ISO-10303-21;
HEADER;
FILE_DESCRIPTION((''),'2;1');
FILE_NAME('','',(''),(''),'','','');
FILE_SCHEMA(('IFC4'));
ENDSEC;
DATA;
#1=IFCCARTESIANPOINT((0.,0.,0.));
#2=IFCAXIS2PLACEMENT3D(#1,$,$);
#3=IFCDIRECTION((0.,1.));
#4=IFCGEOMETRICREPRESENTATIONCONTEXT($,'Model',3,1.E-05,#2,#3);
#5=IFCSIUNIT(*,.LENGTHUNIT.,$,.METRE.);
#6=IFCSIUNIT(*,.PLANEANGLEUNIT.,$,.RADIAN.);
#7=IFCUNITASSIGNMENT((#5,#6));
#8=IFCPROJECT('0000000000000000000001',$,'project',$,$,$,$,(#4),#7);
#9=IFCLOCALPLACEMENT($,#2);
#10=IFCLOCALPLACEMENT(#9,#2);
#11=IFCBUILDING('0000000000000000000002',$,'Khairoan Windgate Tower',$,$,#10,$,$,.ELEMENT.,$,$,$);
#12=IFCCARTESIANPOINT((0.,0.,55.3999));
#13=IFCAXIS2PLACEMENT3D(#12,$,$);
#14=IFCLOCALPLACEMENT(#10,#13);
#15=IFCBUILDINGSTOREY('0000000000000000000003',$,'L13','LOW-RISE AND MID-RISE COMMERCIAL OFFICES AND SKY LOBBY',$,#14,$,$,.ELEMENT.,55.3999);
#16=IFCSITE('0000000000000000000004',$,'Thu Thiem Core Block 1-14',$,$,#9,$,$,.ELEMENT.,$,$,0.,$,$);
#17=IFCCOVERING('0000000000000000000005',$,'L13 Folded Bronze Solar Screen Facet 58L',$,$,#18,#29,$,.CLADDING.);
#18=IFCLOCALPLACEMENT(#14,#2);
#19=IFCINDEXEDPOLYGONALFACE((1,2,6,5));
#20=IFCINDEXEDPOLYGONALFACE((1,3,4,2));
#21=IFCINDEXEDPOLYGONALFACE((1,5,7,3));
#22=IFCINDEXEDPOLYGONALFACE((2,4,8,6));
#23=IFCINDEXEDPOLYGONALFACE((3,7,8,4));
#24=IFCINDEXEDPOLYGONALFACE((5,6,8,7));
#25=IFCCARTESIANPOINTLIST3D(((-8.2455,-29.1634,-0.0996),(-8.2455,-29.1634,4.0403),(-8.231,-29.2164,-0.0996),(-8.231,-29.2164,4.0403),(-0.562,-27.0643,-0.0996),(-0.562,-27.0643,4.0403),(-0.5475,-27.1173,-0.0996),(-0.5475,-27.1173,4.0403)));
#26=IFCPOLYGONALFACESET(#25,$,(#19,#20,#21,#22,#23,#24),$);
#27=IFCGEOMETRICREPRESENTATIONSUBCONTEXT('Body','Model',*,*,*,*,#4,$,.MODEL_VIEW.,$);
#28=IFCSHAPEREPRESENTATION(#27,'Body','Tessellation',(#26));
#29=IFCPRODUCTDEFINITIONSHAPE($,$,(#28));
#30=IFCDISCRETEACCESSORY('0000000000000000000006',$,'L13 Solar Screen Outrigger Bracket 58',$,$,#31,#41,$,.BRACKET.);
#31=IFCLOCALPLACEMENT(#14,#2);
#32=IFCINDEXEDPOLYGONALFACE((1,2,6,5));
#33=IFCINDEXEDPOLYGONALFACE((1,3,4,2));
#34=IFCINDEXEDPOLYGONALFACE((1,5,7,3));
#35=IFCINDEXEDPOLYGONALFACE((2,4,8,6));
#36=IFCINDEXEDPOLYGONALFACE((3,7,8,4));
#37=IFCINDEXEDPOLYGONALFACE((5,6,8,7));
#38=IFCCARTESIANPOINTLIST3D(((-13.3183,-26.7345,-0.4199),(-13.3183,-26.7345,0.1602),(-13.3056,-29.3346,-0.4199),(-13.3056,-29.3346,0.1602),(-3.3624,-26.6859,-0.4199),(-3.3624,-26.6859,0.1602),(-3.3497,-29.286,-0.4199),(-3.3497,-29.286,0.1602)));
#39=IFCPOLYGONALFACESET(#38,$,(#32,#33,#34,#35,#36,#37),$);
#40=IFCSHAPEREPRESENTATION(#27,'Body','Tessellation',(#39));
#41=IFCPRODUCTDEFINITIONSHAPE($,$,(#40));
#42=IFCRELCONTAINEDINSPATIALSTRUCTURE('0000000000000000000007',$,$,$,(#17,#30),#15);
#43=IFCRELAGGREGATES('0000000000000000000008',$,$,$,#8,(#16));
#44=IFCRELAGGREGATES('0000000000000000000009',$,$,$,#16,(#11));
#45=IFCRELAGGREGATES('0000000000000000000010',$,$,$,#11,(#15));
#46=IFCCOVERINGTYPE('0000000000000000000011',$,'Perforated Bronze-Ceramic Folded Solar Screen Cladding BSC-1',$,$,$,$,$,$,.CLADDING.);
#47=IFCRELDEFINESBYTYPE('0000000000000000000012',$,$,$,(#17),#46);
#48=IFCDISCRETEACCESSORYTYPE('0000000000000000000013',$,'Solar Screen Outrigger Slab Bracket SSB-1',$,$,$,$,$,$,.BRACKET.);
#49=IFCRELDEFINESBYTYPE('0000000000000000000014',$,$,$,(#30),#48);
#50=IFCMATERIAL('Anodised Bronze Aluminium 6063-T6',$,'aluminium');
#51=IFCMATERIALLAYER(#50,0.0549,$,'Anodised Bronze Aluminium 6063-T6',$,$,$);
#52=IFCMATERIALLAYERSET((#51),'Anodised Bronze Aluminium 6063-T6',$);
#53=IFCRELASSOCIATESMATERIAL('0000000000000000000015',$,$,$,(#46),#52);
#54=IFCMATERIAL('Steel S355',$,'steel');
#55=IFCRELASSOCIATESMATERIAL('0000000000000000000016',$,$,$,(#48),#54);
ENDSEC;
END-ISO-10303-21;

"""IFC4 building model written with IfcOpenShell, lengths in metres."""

from ifc_helpers import new_model, si_unit, direction, frame, origin, origin_2d, place, context, subcontext, project, spatial, rectangle, extrude, material, layer, layer_set, type_object, element, save


model = new_model("IFC4")

# Units and contexts
model_context = context("Model", 3, precision=1e-05, world=origin(), true_north=direction((0.0, 1.0)))
body_context = subcontext(model_context, "Body", "Model", "MODEL_VIEW")
ifc_project = project(units=[si_unit("LENGTHUNIT", "METRE"), si_unit("PLANEANGLEUNIT", "RADIAN")], contexts=[model_context])

# Site, building, storey
site_placement = place(None, origin())
site = spatial("IfcSite", under=ifc_project, at=site_placement, Name="Thu Thiem Core Block 1-14", CompositionType="ELEMENT", RefElevation=0.0)
building_placement = place(site_placement, origin())
building = spatial("IfcBuilding", under=site, at=building_placement, Name="Khairoan Windgate Tower", CompositionType="ELEMENT")
storey_placement = place(building_placement, frame((0.0, 0.0, 55.3999)))
storey = spatial("IfcBuildingStorey", under=building, at=storey_placement, Name="L13", Description="LOW-RISE AND MID-RISE COMMERCIAL OFFICES AND SKY LOBBY", CompositionType="ELEMENT", Elevation=55.3999)

# Covering
ifc_material_1 = material(Name="Anodised Bronze Aluminium 6063-T6", Category="aluminium")
ifc_layer_1 = layer(ifc_material_1, 0.0549, Name="Anodised Bronze Aluminium 6063-T6")
ifc_layer_set_1 = layer_set([ifc_layer_1], Name="Anodised Bronze Aluminium 6063-T6")
covering_type = type_object("IfcCoveringType", Name="Perforated Bronze-Ceramic Folded Solar Screen Cladding BSC-1", PredefinedType="CLADDING", material=ifc_layer_set_1)
covering_placement = place(storey_placement, frame((-4.3965, -28.1404, -0.0996), z_axis=(0.0, 0.0, 1.0), x_axis=(-0.964649, -0.263536, 0.0)))
element("IfcCovering", 1, at=covering_placement, inside=storey, type_object=covering_type, Name="L13 Folded Bronze Solar Screen Facet 58L", PredefinedType="CLADDING", context=body_context, shape_type="SweptSolid", body=[
    extrude(rectangle(XDim=7.9651, YDim=0.0549, at=origin_2d()), origin(), (0.0, 0.0, 1.0), 4.1399),
])

# Discrete accessory
ifc_material_2 = material(Name="Steel S355", Category="steel")
discrete_accessory_type = type_object("IfcDiscreteAccessoryType", Name="Solar Screen Outrigger Slab Bracket SSB-1", PredefinedType="BRACKET", material=ifc_material_2)
discrete_accessory_placement = place(storey_placement, frame((-8.334, -28.0103, -0.4199), z_axis=(0.0, 0.0, 1.0), x_axis=(-0.999988, -0.004887, 0.0)))
element("IfcDiscreteAccessory", 2, at=discrete_accessory_placement, inside=storey, type_object=discrete_accessory_type, Name="L13 Solar Screen Outrigger Bracket 58", PredefinedType="BRACKET", context=body_context, shape_type="SweptSolid", body=[
    extrude(rectangle(XDim=9.9561, YDim=2.6001, at=origin_2d()), origin(), (0.0, 0.0, 1.0), 0.5801),
])

save(model, "model.ifc")
